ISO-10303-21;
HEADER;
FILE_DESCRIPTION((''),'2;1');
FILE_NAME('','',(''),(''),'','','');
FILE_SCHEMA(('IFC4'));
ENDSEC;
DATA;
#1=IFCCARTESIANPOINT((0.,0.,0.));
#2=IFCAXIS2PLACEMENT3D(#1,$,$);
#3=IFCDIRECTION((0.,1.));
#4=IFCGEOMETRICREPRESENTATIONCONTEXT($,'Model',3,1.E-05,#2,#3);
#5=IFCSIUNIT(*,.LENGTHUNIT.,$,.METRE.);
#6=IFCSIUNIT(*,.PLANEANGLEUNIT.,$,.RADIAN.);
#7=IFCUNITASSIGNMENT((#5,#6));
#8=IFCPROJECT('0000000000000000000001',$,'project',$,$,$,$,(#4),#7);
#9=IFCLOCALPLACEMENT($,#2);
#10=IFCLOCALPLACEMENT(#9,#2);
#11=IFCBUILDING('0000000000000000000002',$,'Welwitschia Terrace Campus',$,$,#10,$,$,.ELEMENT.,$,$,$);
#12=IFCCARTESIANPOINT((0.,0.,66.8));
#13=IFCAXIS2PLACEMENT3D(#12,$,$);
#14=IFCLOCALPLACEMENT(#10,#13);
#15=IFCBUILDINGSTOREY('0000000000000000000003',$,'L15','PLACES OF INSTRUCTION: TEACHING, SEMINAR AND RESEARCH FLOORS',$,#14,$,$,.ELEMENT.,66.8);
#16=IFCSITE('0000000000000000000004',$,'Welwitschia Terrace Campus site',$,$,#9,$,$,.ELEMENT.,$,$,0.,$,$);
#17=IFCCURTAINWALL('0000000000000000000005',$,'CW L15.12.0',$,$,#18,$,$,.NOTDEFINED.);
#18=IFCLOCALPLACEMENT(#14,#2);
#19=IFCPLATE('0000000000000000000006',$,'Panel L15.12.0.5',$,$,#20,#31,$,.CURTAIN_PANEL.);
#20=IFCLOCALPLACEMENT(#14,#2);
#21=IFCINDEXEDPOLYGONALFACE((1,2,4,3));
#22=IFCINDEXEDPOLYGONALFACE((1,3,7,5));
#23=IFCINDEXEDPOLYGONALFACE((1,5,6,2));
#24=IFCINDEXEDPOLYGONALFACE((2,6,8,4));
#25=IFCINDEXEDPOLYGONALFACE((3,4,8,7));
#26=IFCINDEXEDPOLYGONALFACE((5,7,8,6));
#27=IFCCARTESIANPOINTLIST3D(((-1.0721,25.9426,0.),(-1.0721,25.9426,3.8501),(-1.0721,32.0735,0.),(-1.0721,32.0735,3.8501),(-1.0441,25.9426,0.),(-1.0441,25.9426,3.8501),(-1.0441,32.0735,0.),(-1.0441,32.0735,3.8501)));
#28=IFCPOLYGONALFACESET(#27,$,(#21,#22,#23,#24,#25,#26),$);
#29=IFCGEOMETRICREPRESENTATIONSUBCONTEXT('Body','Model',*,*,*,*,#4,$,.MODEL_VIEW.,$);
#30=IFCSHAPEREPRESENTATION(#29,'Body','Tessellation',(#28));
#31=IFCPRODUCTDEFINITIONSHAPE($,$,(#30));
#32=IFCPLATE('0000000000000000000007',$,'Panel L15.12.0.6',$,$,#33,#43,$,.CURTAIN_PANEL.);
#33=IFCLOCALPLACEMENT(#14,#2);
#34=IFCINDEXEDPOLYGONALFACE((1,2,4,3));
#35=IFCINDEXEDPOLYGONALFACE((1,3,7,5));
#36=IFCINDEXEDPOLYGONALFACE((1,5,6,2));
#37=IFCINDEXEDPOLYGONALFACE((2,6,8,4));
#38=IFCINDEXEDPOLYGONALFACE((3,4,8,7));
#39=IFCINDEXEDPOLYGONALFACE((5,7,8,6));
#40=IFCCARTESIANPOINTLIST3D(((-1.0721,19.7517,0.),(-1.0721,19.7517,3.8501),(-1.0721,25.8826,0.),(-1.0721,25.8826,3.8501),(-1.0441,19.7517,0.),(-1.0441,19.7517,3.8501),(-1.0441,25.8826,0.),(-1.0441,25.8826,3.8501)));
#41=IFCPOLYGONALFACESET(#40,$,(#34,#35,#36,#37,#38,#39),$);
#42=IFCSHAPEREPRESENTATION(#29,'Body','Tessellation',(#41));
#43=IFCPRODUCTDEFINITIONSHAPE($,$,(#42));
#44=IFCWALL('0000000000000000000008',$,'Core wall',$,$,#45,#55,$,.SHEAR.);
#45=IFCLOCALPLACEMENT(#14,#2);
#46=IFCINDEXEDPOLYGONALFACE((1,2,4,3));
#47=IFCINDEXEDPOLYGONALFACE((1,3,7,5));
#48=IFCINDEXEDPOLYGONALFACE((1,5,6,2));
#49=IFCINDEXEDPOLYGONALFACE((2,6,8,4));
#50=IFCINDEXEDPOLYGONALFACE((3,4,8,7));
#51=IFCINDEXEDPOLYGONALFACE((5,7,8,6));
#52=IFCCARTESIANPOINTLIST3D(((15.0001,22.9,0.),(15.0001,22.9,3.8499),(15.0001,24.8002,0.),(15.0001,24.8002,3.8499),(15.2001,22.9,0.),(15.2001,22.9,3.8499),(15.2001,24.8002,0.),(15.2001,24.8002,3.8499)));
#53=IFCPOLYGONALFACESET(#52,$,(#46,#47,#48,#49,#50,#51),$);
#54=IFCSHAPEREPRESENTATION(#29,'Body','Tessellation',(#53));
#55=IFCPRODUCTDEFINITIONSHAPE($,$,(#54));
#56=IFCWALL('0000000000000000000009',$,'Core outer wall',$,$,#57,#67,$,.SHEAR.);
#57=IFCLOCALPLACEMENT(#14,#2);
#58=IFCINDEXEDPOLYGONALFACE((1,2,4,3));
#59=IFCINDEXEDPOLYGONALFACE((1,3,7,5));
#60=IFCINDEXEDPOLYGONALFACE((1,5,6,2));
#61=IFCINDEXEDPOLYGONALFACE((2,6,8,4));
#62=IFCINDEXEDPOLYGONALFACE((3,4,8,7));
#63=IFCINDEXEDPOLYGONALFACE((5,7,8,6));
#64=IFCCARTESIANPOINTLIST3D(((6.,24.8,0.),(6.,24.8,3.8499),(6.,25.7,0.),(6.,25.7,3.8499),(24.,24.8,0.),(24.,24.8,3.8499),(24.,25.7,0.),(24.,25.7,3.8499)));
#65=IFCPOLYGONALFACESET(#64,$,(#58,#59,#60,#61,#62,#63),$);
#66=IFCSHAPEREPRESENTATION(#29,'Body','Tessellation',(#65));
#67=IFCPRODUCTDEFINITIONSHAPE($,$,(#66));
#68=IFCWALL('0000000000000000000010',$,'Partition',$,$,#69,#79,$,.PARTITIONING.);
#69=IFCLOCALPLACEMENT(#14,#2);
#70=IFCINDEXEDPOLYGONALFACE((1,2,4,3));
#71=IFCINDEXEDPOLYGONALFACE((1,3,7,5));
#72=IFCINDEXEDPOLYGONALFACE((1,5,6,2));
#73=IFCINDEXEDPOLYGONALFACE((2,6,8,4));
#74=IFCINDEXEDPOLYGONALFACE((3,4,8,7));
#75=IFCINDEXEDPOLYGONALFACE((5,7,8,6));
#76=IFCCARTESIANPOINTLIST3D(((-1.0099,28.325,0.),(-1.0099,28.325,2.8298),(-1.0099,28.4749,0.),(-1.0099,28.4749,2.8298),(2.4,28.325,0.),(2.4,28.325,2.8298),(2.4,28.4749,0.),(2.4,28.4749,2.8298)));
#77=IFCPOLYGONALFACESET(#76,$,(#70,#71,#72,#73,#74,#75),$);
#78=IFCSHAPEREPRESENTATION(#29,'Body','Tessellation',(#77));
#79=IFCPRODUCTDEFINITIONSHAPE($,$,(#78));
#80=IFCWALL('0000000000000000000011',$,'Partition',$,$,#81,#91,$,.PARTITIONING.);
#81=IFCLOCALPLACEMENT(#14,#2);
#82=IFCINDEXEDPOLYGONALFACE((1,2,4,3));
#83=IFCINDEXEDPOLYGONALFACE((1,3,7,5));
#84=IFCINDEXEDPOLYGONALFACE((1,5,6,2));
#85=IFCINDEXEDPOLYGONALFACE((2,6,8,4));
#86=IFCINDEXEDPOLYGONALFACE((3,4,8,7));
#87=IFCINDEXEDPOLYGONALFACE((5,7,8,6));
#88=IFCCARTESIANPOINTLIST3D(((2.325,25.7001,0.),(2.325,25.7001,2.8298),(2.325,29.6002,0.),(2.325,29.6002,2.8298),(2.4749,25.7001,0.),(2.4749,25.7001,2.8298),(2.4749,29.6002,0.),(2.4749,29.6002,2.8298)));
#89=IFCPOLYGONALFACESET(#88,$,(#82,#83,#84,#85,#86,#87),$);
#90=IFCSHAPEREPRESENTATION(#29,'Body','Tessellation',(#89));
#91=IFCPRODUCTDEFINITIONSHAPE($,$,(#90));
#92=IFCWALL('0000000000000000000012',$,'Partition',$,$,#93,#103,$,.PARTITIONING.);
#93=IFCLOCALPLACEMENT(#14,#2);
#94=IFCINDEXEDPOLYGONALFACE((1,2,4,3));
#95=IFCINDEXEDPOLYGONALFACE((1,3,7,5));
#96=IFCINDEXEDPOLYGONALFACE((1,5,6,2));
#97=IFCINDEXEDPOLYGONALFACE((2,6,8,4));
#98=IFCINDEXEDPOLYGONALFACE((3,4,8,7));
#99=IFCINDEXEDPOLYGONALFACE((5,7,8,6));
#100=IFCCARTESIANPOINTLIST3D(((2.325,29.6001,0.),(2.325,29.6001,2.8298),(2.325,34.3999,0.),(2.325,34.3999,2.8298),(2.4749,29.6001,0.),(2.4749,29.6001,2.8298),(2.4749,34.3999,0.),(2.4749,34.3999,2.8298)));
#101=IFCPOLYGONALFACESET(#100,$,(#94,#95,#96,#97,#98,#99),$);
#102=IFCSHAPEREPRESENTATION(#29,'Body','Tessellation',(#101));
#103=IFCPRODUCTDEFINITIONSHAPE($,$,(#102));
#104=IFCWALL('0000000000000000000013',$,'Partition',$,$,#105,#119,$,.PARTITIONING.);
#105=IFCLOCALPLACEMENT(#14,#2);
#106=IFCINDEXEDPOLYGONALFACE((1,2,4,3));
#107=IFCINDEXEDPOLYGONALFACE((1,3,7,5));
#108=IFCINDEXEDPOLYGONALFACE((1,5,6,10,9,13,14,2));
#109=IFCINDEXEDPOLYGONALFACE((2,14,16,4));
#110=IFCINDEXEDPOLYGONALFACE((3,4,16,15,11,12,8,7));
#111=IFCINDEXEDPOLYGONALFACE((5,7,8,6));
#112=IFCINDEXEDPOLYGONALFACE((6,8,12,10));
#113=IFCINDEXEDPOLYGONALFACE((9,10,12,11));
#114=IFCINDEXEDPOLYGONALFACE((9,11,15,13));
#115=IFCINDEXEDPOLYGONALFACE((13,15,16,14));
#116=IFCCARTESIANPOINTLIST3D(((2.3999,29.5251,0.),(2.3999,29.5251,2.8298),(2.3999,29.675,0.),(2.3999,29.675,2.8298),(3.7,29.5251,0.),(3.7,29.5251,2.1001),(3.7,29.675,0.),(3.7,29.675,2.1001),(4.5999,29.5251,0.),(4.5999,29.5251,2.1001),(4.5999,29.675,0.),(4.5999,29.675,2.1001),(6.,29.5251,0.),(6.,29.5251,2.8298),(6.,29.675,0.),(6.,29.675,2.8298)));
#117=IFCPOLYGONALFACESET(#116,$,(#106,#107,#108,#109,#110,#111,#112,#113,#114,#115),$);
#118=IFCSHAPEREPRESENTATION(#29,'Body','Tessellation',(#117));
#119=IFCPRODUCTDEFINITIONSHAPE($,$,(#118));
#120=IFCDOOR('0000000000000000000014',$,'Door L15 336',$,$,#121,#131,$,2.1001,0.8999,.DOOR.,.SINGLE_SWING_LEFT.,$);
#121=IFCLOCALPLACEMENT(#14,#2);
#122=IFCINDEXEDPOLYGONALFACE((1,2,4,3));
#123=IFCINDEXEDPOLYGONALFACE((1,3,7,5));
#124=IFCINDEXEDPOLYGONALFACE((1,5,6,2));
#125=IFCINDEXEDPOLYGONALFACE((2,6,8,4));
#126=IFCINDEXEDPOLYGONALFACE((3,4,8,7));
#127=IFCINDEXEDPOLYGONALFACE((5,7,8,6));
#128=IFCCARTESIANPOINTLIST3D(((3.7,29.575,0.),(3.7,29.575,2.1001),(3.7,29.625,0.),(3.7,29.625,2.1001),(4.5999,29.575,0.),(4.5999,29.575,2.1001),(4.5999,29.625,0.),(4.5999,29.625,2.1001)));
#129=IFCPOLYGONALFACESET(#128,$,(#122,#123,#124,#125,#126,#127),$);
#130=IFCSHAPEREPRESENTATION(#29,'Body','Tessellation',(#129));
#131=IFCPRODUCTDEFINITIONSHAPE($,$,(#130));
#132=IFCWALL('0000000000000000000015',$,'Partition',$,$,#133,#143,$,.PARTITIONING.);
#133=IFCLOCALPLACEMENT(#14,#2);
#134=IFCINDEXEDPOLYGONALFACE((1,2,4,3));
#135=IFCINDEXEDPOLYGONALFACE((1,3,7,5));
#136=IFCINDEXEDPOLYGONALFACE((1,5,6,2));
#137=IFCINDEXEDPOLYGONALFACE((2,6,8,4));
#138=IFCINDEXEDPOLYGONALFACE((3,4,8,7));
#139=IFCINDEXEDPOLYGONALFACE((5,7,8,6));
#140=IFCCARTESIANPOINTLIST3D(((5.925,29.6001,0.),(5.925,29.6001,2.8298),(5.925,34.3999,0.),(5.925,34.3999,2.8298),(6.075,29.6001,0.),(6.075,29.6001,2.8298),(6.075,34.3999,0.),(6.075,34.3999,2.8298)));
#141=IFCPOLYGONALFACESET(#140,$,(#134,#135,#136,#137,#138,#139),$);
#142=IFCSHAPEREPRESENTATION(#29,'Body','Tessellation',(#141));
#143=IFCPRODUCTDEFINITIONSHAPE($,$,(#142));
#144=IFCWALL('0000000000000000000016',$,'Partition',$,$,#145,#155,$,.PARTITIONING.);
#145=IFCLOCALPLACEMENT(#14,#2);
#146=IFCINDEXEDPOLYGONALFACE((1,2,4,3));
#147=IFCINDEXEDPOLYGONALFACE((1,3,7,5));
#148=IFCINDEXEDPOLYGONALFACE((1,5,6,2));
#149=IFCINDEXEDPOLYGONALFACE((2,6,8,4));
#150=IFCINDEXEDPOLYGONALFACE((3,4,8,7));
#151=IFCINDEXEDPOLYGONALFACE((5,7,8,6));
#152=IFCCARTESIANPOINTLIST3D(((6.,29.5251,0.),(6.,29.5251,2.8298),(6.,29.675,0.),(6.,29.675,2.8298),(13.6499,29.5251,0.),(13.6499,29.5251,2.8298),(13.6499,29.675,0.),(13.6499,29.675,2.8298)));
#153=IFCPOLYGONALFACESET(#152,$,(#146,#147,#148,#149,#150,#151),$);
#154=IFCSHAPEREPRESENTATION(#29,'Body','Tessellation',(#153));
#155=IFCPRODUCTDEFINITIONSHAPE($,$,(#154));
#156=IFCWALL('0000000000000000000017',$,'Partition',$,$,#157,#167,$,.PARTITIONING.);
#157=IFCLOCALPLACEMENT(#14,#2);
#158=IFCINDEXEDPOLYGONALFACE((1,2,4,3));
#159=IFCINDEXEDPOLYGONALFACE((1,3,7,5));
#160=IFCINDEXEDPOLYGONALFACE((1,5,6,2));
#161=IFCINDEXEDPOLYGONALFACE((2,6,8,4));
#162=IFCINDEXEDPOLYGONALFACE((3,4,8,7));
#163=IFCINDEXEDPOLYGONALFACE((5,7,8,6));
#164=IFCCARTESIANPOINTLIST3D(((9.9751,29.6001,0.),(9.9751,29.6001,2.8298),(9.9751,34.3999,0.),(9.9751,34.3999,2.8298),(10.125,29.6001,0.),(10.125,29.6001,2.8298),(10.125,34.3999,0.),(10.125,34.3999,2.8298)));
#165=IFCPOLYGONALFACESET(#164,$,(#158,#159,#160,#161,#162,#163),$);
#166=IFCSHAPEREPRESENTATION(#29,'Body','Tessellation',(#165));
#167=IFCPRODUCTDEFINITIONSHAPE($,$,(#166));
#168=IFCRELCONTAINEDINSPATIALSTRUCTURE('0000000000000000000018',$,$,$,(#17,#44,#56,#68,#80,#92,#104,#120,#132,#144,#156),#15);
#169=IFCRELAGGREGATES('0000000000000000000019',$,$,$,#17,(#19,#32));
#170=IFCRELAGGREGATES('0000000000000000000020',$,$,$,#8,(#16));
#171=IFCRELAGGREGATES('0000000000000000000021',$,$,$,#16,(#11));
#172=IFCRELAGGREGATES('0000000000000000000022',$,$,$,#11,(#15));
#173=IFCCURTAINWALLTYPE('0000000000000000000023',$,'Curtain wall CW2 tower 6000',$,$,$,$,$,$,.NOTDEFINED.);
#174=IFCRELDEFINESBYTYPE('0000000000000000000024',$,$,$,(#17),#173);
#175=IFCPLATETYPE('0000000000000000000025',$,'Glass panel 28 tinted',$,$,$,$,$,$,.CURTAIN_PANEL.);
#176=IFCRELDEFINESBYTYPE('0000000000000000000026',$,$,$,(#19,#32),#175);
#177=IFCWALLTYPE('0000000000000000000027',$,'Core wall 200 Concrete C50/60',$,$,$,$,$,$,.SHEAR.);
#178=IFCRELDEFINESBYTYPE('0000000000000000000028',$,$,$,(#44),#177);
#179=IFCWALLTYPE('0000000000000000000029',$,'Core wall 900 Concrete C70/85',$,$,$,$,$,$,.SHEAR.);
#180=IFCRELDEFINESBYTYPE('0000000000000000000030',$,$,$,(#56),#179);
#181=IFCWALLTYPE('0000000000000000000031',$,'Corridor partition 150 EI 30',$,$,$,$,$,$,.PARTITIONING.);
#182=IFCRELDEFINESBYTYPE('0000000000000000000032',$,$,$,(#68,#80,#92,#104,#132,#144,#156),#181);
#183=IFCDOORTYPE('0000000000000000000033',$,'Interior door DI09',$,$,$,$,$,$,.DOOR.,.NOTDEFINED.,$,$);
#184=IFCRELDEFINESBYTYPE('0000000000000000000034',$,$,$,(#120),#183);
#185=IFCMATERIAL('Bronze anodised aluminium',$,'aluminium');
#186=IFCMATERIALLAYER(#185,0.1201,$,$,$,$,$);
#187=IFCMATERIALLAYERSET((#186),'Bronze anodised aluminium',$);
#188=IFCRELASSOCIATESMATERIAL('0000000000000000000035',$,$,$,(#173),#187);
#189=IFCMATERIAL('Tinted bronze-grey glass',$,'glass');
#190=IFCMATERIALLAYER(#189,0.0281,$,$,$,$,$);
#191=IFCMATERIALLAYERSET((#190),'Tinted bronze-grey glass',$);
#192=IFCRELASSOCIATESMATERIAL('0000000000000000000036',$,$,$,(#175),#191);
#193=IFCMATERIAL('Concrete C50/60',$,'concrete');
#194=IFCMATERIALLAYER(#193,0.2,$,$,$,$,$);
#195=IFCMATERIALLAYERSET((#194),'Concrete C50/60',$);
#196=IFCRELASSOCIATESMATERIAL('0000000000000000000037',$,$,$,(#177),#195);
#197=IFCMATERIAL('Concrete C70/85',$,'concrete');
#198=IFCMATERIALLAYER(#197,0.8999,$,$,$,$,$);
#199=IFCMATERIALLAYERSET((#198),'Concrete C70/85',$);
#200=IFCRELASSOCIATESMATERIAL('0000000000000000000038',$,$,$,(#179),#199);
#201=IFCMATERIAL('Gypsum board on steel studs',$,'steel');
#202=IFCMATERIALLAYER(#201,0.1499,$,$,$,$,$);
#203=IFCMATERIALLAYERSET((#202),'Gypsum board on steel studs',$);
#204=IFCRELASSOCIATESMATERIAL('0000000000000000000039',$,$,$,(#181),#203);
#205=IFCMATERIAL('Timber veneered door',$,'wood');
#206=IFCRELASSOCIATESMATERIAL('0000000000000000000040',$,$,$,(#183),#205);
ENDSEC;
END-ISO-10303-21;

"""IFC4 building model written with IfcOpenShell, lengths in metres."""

from ifc_helpers import new_model, si_unit, direction, frame, frame_2d, origin, origin_2d, place, context, subcontext, project, spatial, rectangle, extrude, material, layer, layer_set, type_object, element, fill, aggregate, save


model = new_model("IFC4")

# Units and contexts
model_context = context("Model", 3, precision=1e-05, world=origin(), true_north=direction((0.0, 1.0)))
body_context = subcontext(model_context, "Body", "Model", "MODEL_VIEW")
ifc_project = project(units=[si_unit("LENGTHUNIT", "METRE"), si_unit("PLANEANGLEUNIT", "RADIAN")], contexts=[model_context])

# Site, building, storey
site_placement = place(None, origin())
site = spatial("IfcSite", under=ifc_project, at=site_placement, Name="Welwitschia Terrace Campus site", CompositionType="ELEMENT", RefElevation=0.0)
building_placement = place(site_placement, origin())
building = spatial("IfcBuilding", under=site, at=building_placement, Name="Welwitschia Terrace Campus", CompositionType="ELEMENT")
storey_placement = place(building_placement, frame((0.0, 0.0, 66.8)))
storey = spatial("IfcBuildingStorey", under=building, at=storey_placement, Name="L15", Description="PLACES OF INSTRUCTION: TEACHING, SEMINAR AND RESEARCH FLOORS", CompositionType="ELEMENT", Elevation=66.8)

# Curtain wall
ifc_material_1 = material(Name="Bronze anodised aluminium", Category="aluminium")
ifc_layer_1 = layer(ifc_material_1, 0.1201)
ifc_layer_set_1 = layer_set([ifc_layer_1], Name="Bronze anodised aluminium")
curtain_wall_type = type_object("IfcCurtainWallType", Name="Curtain wall CW2 tower 6000", PredefinedType="NOTDEFINED", material=ifc_layer_set_1)
curtain_wall_placement = place(storey_placement, origin())
curtain_wall = element("IfcCurtainWall", 1, at=curtain_wall_placement, inside=storey, type_object=curtain_wall_type, Name="CW L15.12.0", PredefinedType="NOTDEFINED")

# Plates
ifc_material_2 = material(Name="Tinted bronze-grey glass", Category="glass")
ifc_layer_2 = layer(ifc_material_2, 0.0281)
ifc_layer_set_2 = layer_set([ifc_layer_2], Name="Tinted bronze-grey glass")
plate_type = type_object("IfcPlateType", Name="Glass panel 28 tinted", PredefinedType="CURTAIN_PANEL", material=ifc_layer_set_2)
plate_1_placement = place(storey_placement, frame((-1.0581, 29.0081, 0.0), z_axis=(0.0, 0.0, 1.0), x_axis=(0.0, -1.0, 0.0)))
plate_1 = element("IfcPlate", 2, at=plate_1_placement, type_object=plate_type, Name="Panel L15.12.0.5", PredefinedType="CURTAIN_PANEL", context=body_context, shape_type="SweptSolid", body=[
    extrude(rectangle(XDim=6.1309, YDim=0.0281, at=origin_2d()), origin(), (0.0, 0.0, 1.0), 3.8501),
])
plate_2_placement = place(storey_placement, frame((-1.0581, 22.8171, 0.0), z_axis=(0.0, 0.0, 1.0), x_axis=(0.0, -1.0, 0.0)))
plate_2 = element("IfcPlate", 3, at=plate_2_placement, type_object=plate_type, Name="Panel L15.12.0.6", PredefinedType="CURTAIN_PANEL", context=body_context, shape_type="SweptSolid", body=[
    extrude(rectangle(XDim=6.1309, YDim=0.0281, at=origin_2d()), origin(), (0.0, 0.0, 1.0), 3.8501),
])
aggregate(curtain_wall, [plate_1, plate_2])

# Walls
ifc_material_3 = material(Name="Concrete C50/60", Category="concrete")
ifc_layer_3 = layer(ifc_material_3, 0.2)
ifc_layer_set_3 = layer_set([ifc_layer_3], Name="Concrete C50/60")
wall_type_1 = type_object("IfcWallType", Name="Core wall 200 Concrete C50/60", PredefinedType="SHEAR", material=ifc_layer_set_3)
wall_1_placement = place(storey_placement, frame((15.1001, 22.8999, 0.0), z_axis=(0.0, 0.0, 1.0), x_axis=(0.0, 1.0, 0.0)))
element("IfcWall", 4, at=wall_1_placement, inside=storey, type_object=wall_type_1, Name="Core wall", PredefinedType="SHEAR", context=body_context, shape_type="SweptSolid", body=[
    extrude(rectangle(XDim=1.9001, YDim=0.2, at=frame_2d((0.9502, 0.0))), origin(), (0.0, 0.0, 1.0), 3.8499),
])
ifc_material_4 = material(Name="Concrete C70/85", Category="concrete")
ifc_layer_4 = layer(ifc_material_4, 0.8999)
ifc_layer_set_4 = layer_set([ifc_layer_4], Name="Concrete C70/85")
wall_type_2 = type_object("IfcWallType", Name="Core wall 900 Concrete C70/85", PredefinedType="SHEAR", material=ifc_layer_set_4)
wall_2_placement = place(storey_placement, frame((6.0, 25.25, 0.0), z_axis=(0.0, 0.0, 1.0), x_axis=(1.0, 0.0, 0.0)))
element("IfcWall", 5, at=wall_2_placement, inside=storey, type_object=wall_type_2, Name="Core outer wall", PredefinedType="SHEAR", context=body_context, shape_type="SweptSolid", body=[
    extrude(rectangle(XDim=18.0, YDim=0.8999, at=frame_2d((9.0, 0.0))), origin(), (0.0, 0.0, 1.0), 3.8499),
])
ifc_material_5 = material(Name="Gypsum board on steel studs", Category="steel")
ifc_layer_5 = layer(ifc_material_5, 0.1499)
ifc_layer_set_5 = layer_set([ifc_layer_5], Name="Gypsum board on steel studs")
wall_type_3 = type_object("IfcWallType", Name="Corridor partition 150 EI 30", PredefinedType="PARTITIONING", material=ifc_layer_set_5)
wall_3_placement = place(storey_placement, frame((-1.01, 28.3999, 0.0), z_axis=(0.0, 0.0, 1.0), x_axis=(1.0, 0.0, 0.0)))
element("IfcWall", 6, at=wall_3_placement, inside=storey, type_object=wall_type_3, Name="Partition", PredefinedType="PARTITIONING", context=body_context, shape_type="SweptSolid", body=[
    extrude(rectangle(XDim=3.4099, YDim=0.1499, at=frame_2d((1.7051, 0.0))), origin(), (0.0, 0.0, 1.0), 2.8298),
])
wall_4_placement = place(storey_placement, frame((2.3999, 25.7, 0.0), z_axis=(0.0, 0.0, 1.0), x_axis=(0.0, 1.0, 0.0)))
element("IfcWall", 7, at=wall_4_placement, inside=storey, type_object=wall_type_3, Name="Partition", PredefinedType="PARTITIONING", context=body_context, shape_type="SweptSolid", body=[
    extrude(rectangle(XDim=3.9001, YDim=0.1499, at=frame_2d((1.9502, 0.0))), origin(), (0.0, 0.0, 1.0), 2.8298),
])
wall_5_placement = place(storey_placement, frame((2.3999, 29.6001, 0.0), z_axis=(0.0, 0.0, 1.0), x_axis=(0.0, 1.0, 0.0)))
element("IfcWall", 8, at=wall_5_placement, inside=storey, type_object=wall_type_3, Name="Partition", PredefinedType="PARTITIONING", context=body_context, shape_type="SweptSolid", body=[
    extrude(rectangle(XDim=4.7998, YDim=0.1499, at=frame_2d((2.3999, 0.0))), origin(), (0.0, 0.0, 1.0), 2.8298),
])

# Wall, opening, door
wall_6_placement = place(storey_placement, frame((2.3999, 29.6001, 0.0), z_axis=(0.0, 0.0, 1.0), x_axis=(1.0, 0.0, 0.0)))
wall_6 = element("IfcWall", 9, at=wall_6_placement, inside=storey, type_object=wall_type_3, Name="Partition", PredefinedType="PARTITIONING", context=body_context, shape_type="SweptSolid", body=[
    extrude(rectangle(XDim=3.6001, YDim=0.1499, at=frame_2d((1.8, 0.0))), origin(), (0.0, 0.0, 1.0), 2.8298),
])
opening_1_placement = place(wall_6_placement, frame((1.3, 0.0, 0.0)))
opening_1 = element("IfcOpeningElement", 10, at=opening_1_placement, cuts=wall_6, PredefinedType="OPENING", context=body_context, shape_type="SweptSolid", body=[
    extrude(rectangle(XDim=0.8999, YDim=2.1001, at=frame_2d((0.45, 1.05))), frame((0.0, 0.085, 0.0), z_axis=(0.0, -1.0, 0.0), x_axis=(1.0, 0.0, 0.0)), (0.0, 0.0, 1.0), 0.1699),
])
ifc_material_6 = material(Name="Timber veneered door", Category="wood")
door_type = type_object("IfcDoorType", Name="Interior door DI09", OperationType="NOTDEFINED", PredefinedType="DOOR", material=ifc_material_6)
door_1_placement = place(opening_1_placement, origin())
door_1 = element("IfcDoor", 11, at=door_1_placement, inside=storey, type_object=door_type, Name="Door L15 336", OperationType="SINGLE_SWING_LEFT", OverallHeight=2.1001, OverallWidth=0.8999, PredefinedType="DOOR", context=body_context, shape_type="SweptSolid", body=[
    extrude(rectangle(XDim=0.8999, YDim=2.1001, at=frame_2d((0.45, 1.05))), frame((0.0, 0.0249, 0.0), z_axis=(0.0, -1.0, 0.0), x_axis=(1.0, 0.0, 0.0)), (0.0, 0.0, 1.0), 0.05),
])
fill(opening_1, door_1)

# Walls
wall_7_placement = place(storey_placement, frame((6.0, 29.6001, 0.0), z_axis=(0.0, 0.0, 1.0), x_axis=(0.0, 1.0, 0.0)))
element("IfcWall", 12, at=wall_7_placement, inside=storey, type_object=wall_type_3, Name="Partition", PredefinedType="PARTITIONING", context=body_context, shape_type="SweptSolid", body=[
    extrude(rectangle(XDim=4.7998, YDim=0.1499, at=frame_2d((2.3999, 0.0))), origin(), (0.0, 0.0, 1.0), 2.8298),
])
wall_8_placement = place(storey_placement, frame((6.0, 29.6001, 0.0), z_axis=(0.0, 0.0, 1.0), x_axis=(1.0, 0.0, 0.0)))
element("IfcWall", 13, at=wall_8_placement, inside=storey, type_object=wall_type_3, Name="Partition", PredefinedType="PARTITIONING", context=body_context, shape_type="SweptSolid", body=[
    extrude(rectangle(XDim=7.6499, YDim=0.1499, at=frame_2d((3.825, 0.0))), origin(), (0.0, 0.0, 1.0), 2.8298),
])
wall_9_placement = place(storey_placement, frame((10.05, 29.6001, 0.0), z_axis=(0.0, 0.0, 1.0), x_axis=(0.0, 1.0, 0.0)))
element("IfcWall", 14, at=wall_9_placement, inside=storey, type_object=wall_type_3, Name="Partition", PredefinedType="PARTITIONING", context=body_context, shape_type="SweptSolid", body=[
    extrude(rectangle(XDim=4.7998, YDim=0.1499, at=frame_2d((2.3999, 0.0))), origin(), (0.0, 0.0, 1.0), 2.8298),
])

save(model, "model.ifc")
